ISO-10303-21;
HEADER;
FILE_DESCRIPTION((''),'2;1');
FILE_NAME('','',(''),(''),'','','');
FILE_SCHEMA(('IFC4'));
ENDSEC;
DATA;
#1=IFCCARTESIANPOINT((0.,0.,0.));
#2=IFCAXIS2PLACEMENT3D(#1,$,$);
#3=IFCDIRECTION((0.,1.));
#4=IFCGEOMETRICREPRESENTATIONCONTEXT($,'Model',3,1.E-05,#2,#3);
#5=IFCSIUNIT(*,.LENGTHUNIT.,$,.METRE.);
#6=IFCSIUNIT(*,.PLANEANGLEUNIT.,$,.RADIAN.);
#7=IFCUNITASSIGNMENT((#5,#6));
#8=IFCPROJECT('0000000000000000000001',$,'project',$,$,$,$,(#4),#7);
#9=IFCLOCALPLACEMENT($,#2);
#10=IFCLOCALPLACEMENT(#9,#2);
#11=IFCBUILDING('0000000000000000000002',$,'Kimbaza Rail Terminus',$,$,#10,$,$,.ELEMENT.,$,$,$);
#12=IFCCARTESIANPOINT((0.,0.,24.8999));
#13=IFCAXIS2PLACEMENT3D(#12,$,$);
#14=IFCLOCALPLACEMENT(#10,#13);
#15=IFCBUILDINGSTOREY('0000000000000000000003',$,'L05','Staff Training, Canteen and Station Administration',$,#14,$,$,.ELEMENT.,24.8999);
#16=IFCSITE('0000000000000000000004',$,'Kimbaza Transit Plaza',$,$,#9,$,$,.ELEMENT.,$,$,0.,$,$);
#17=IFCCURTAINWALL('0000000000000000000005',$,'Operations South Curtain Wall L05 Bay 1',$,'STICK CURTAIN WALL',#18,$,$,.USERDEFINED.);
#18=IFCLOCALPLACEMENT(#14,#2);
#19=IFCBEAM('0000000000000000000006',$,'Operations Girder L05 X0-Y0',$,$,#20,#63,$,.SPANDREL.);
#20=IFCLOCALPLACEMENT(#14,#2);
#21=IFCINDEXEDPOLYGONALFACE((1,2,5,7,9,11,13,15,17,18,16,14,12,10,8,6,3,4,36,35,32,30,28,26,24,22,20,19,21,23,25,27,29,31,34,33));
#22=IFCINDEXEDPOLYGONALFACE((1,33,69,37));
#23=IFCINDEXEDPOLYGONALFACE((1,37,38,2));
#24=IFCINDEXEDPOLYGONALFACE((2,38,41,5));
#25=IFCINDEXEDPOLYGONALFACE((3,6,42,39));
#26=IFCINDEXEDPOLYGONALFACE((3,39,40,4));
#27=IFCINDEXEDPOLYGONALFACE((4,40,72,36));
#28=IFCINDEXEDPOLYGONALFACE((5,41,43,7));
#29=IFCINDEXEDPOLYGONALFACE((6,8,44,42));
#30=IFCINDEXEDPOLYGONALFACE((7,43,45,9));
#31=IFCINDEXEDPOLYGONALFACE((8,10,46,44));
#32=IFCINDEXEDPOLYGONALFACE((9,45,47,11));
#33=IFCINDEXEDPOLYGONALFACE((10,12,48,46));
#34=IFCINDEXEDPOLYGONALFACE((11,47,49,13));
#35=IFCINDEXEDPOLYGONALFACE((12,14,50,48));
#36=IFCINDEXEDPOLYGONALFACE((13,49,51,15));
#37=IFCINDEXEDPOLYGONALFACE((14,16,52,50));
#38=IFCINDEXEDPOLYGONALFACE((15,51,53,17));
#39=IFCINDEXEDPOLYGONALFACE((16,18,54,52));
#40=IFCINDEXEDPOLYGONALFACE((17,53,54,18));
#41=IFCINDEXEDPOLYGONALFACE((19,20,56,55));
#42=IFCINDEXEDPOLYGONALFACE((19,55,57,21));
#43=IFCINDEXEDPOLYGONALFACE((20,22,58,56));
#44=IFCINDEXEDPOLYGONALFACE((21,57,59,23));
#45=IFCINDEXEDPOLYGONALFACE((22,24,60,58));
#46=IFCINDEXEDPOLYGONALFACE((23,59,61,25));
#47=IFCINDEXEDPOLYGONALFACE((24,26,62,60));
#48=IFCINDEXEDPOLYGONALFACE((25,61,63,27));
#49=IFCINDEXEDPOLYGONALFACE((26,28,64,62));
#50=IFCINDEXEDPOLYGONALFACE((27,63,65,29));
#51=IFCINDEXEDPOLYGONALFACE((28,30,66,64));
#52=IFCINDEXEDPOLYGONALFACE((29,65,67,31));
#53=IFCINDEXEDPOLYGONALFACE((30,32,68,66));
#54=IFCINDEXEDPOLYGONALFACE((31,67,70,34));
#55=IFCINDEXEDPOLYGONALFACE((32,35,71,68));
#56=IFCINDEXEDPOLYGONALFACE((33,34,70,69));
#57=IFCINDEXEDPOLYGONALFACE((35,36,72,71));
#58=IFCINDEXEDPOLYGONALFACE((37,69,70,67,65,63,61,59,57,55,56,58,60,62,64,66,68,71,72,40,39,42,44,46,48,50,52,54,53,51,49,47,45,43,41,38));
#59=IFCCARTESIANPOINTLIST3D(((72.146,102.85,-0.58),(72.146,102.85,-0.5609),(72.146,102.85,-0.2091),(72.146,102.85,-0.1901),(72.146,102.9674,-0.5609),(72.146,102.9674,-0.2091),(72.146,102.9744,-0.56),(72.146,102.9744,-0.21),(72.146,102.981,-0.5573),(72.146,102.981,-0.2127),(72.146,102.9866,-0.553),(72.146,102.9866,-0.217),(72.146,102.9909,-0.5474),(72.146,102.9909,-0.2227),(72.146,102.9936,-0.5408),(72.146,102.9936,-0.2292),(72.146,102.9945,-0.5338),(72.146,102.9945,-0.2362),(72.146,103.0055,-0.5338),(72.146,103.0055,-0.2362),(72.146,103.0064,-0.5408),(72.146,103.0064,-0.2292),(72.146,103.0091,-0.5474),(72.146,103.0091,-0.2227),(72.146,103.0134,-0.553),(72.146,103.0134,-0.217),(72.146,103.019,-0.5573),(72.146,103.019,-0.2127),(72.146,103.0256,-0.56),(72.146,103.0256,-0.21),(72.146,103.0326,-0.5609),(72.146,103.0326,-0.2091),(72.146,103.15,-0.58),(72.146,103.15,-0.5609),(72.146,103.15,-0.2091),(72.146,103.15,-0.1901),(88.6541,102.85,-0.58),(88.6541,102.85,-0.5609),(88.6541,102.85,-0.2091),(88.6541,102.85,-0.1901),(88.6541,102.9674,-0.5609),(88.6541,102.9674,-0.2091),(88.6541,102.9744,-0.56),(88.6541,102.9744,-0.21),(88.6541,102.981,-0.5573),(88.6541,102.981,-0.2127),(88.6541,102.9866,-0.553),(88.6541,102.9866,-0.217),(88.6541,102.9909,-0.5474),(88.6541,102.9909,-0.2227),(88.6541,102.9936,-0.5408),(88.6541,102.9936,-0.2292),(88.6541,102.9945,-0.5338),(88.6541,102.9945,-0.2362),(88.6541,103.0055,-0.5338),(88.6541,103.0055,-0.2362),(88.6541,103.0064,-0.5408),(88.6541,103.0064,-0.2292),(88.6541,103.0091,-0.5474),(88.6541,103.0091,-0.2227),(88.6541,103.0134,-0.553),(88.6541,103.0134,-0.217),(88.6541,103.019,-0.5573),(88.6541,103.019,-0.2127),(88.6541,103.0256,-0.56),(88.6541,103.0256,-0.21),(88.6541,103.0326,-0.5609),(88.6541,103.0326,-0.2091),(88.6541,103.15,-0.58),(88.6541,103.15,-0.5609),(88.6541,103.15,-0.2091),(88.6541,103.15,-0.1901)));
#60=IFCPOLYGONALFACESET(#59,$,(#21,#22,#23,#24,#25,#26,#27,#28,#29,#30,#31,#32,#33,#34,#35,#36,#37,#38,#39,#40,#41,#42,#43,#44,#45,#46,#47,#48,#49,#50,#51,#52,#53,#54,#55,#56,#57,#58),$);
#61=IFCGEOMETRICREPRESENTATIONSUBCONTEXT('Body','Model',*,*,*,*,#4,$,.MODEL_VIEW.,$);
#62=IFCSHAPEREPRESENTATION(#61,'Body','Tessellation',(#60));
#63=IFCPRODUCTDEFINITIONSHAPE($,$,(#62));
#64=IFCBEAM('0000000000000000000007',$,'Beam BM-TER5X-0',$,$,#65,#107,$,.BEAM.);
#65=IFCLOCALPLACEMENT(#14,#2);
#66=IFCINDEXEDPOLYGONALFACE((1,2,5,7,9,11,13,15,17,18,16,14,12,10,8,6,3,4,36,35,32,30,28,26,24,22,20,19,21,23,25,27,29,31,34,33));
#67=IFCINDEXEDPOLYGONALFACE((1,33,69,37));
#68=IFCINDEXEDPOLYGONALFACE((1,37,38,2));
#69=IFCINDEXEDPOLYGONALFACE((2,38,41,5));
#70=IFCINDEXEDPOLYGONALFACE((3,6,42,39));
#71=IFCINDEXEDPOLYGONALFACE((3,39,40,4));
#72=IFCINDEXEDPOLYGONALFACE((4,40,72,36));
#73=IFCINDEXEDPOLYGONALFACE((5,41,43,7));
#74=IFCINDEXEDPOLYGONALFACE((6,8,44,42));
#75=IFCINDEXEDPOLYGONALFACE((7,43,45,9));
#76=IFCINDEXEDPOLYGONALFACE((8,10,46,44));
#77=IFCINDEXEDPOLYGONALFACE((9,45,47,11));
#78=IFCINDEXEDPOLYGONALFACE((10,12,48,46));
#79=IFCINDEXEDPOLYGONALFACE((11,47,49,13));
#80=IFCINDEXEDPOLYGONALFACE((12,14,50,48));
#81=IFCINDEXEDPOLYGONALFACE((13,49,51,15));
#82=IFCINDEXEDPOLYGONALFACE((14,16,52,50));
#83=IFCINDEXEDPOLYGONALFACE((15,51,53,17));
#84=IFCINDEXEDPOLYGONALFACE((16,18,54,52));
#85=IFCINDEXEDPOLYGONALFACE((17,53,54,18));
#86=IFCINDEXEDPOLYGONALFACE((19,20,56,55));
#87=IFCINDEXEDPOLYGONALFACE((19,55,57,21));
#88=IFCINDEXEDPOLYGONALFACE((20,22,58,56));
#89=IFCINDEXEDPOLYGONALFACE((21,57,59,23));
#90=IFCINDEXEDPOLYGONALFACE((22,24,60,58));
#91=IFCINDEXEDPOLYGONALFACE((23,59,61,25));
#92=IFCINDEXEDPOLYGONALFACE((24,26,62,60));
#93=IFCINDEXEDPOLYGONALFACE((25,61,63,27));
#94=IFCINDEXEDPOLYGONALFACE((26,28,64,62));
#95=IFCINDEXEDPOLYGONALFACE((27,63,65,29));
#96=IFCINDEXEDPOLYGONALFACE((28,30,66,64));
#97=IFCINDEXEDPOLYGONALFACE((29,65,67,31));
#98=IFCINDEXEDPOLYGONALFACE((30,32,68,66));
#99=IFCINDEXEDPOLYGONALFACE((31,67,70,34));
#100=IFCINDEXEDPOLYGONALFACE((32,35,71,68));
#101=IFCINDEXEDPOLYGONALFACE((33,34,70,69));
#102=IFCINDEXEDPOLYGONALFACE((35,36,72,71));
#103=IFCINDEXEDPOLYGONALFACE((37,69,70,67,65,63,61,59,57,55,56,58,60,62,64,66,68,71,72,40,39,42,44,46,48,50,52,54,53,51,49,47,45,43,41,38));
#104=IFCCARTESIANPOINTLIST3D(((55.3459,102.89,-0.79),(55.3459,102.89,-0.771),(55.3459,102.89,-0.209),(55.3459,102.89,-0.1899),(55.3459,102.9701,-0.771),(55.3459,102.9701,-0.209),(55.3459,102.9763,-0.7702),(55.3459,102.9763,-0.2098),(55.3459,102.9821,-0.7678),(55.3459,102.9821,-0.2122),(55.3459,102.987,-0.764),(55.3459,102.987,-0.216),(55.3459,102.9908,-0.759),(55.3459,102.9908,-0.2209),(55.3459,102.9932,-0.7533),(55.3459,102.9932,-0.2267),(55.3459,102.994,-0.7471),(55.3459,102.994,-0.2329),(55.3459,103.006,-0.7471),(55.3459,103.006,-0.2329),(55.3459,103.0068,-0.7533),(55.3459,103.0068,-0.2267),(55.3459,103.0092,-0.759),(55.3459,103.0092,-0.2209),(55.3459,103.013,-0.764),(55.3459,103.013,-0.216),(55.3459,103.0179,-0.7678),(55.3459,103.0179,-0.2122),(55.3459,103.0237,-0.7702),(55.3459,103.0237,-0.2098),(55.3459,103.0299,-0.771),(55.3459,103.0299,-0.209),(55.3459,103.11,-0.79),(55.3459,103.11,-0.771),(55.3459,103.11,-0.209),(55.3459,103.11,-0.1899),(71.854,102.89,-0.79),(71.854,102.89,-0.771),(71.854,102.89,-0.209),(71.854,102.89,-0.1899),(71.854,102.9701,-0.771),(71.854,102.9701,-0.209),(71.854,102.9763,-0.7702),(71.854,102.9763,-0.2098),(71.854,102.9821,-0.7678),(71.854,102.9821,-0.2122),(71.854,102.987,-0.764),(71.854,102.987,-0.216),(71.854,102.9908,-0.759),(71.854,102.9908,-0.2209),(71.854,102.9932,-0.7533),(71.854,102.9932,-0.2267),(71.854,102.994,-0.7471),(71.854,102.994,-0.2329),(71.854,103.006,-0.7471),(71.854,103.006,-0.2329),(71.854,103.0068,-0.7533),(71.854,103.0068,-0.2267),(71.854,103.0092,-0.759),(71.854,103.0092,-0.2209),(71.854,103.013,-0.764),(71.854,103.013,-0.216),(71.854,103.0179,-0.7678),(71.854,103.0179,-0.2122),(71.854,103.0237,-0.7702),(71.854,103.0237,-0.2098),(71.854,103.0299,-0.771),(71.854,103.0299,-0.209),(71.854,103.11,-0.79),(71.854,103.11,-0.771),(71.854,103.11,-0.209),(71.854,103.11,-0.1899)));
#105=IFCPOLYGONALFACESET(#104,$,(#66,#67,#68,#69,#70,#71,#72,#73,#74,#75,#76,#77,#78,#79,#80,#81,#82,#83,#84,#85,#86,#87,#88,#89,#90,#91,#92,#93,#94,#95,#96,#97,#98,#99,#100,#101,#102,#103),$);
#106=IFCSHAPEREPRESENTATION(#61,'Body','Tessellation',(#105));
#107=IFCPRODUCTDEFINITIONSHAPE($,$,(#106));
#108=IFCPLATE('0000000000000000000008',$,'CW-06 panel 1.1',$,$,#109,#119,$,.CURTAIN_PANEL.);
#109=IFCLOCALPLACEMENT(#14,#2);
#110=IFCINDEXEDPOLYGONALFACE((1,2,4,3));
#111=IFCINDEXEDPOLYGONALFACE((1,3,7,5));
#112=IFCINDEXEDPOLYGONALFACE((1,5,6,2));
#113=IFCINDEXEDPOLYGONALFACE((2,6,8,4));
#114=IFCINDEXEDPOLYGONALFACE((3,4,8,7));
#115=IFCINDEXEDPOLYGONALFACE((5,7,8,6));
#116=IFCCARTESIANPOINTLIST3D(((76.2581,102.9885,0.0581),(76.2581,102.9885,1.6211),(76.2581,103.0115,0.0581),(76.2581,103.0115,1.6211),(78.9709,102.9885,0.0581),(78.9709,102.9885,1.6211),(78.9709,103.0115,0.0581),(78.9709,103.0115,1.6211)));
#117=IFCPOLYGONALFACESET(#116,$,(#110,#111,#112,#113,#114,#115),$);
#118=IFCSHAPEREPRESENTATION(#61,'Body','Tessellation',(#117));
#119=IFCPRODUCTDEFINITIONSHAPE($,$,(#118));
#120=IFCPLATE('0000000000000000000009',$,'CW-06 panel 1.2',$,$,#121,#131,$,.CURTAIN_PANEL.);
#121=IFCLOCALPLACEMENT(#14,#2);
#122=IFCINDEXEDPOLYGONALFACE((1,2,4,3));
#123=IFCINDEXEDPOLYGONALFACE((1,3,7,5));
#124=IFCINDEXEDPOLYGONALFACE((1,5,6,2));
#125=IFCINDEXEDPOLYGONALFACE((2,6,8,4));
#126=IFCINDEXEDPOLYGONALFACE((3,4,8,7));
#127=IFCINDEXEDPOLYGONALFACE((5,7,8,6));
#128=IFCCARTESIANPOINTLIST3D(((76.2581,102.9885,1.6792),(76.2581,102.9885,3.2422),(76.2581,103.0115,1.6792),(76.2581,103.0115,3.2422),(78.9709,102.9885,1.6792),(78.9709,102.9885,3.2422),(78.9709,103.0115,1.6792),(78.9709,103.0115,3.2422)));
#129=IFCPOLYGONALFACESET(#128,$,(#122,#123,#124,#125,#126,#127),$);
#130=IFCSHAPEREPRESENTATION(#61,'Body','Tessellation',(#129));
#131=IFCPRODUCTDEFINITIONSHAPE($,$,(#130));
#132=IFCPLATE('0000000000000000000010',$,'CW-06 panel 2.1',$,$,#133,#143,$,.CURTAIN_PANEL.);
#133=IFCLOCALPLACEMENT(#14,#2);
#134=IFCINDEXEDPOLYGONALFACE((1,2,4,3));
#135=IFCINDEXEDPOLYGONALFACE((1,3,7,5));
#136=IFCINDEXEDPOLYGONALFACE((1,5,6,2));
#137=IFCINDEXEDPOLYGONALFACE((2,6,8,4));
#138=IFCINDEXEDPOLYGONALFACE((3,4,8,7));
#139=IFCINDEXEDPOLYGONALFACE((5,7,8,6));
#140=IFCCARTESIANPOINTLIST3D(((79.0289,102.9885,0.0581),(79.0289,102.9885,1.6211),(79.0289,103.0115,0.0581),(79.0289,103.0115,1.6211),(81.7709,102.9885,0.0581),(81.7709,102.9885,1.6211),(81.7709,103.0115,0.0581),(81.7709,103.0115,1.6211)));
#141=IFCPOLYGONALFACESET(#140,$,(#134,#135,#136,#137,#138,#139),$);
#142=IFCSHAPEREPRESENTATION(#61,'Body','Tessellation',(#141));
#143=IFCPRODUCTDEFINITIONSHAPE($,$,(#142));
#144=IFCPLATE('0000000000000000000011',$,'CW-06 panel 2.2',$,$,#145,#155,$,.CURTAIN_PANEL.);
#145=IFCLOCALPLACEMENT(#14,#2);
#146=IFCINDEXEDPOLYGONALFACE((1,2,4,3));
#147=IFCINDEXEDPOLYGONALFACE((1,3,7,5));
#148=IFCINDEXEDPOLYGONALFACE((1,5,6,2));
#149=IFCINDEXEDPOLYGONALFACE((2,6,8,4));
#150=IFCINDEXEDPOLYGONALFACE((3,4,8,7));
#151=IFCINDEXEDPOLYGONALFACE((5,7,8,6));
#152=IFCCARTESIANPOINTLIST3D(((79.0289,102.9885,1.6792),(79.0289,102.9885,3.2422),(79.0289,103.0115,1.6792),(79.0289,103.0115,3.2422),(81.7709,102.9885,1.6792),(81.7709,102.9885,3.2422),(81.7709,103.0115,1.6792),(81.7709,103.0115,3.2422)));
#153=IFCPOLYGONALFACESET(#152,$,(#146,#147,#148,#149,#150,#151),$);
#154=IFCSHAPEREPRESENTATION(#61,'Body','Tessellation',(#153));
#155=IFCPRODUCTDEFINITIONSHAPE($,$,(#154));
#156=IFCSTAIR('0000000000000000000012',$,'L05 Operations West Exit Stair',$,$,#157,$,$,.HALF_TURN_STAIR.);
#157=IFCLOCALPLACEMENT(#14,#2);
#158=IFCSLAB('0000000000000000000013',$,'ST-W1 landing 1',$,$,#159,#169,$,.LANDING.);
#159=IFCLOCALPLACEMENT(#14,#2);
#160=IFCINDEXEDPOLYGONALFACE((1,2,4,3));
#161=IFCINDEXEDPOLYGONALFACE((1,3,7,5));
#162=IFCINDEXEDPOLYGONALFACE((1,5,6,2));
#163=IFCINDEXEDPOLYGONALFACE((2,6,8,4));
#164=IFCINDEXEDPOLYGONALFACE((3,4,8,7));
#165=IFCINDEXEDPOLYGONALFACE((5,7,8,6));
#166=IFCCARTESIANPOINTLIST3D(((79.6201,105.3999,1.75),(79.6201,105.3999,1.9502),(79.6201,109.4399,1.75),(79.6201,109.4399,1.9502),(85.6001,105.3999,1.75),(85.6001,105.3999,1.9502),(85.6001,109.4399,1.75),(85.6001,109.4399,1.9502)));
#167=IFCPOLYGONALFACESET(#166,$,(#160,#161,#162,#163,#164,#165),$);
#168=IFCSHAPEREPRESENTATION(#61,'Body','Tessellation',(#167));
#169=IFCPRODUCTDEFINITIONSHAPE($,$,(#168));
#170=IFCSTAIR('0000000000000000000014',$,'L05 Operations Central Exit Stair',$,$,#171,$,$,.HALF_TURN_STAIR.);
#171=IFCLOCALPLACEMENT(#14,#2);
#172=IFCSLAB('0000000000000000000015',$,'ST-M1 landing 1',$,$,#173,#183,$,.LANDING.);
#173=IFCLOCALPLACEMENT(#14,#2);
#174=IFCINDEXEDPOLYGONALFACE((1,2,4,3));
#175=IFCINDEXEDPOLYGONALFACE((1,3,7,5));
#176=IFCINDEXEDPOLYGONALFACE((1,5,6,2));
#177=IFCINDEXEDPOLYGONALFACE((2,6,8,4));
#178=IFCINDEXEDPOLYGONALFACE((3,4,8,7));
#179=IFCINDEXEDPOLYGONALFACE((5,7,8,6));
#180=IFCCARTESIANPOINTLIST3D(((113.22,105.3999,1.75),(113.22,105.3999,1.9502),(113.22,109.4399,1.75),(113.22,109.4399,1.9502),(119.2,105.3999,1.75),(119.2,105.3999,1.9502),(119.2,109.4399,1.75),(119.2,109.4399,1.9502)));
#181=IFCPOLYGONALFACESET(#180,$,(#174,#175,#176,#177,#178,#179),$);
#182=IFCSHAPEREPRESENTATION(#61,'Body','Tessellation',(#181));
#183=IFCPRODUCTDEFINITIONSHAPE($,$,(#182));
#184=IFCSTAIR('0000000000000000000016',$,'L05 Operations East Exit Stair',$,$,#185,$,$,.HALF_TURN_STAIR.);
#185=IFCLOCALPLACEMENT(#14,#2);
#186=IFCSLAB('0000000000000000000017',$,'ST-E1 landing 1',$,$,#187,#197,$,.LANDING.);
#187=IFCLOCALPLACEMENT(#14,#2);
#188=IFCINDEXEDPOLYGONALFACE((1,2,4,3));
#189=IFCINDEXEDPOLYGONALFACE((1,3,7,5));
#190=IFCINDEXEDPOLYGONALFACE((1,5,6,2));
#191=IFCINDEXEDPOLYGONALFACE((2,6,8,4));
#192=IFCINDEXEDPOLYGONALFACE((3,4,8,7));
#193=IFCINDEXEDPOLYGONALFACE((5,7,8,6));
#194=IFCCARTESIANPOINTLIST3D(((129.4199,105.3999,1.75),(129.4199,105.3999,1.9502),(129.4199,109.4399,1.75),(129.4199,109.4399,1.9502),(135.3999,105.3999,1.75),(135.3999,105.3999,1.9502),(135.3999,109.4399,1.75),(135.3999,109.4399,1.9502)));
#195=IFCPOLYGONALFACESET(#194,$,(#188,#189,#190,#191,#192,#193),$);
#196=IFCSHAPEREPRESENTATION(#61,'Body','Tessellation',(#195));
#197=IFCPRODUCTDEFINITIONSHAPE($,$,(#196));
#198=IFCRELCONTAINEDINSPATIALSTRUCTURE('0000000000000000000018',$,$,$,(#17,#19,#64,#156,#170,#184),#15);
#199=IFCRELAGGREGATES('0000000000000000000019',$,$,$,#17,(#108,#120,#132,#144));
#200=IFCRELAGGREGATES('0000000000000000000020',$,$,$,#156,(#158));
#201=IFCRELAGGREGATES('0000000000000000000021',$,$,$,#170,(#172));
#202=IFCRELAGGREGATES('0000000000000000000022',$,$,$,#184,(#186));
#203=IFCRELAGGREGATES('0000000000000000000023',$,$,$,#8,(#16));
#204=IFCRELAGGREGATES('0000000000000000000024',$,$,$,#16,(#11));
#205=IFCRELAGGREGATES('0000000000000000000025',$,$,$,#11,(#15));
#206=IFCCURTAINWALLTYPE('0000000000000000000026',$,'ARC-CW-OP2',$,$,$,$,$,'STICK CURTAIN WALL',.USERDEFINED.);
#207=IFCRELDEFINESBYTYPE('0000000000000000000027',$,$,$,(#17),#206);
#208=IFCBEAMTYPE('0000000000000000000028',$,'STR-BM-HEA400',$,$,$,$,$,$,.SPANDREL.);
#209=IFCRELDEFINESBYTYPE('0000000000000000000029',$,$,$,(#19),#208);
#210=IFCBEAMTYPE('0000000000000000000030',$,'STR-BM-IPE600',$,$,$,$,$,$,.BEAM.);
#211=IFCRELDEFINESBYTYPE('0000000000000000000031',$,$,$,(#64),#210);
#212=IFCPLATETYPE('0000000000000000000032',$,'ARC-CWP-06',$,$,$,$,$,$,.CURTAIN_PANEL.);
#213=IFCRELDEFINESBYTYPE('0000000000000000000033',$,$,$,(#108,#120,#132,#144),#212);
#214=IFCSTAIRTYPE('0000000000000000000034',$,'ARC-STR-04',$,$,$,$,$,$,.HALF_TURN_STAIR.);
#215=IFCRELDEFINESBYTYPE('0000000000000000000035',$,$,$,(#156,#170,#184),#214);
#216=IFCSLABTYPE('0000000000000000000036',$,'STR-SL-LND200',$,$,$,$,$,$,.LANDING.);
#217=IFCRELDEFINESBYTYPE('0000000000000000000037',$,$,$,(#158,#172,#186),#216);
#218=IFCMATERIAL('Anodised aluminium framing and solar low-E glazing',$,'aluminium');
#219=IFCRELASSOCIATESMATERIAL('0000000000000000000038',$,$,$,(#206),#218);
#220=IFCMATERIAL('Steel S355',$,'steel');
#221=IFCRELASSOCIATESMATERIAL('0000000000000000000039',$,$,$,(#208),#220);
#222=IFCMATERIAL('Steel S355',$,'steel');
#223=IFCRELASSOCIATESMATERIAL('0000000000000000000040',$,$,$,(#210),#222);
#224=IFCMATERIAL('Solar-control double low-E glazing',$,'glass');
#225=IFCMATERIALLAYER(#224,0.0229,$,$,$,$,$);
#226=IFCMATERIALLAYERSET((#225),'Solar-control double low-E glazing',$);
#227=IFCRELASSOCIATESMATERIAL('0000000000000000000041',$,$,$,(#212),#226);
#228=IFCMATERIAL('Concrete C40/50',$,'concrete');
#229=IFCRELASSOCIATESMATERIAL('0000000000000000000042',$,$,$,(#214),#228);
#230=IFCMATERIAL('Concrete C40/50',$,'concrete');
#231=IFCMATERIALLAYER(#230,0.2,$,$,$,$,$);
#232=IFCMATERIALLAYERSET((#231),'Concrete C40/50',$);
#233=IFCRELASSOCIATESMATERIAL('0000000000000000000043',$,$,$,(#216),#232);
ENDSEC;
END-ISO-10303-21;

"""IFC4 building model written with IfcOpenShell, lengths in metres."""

from ifc_helpers import new_model, si_unit, direction, frame, origin, origin_2d, place, context, subcontext, project, spatial, polyline, rectangle, i_section, outline, extrude, material, layer, layer_set, material_profile, profile_set, type_object, element, aggregate, save


model = new_model("IFC4")

# Units and contexts
model_context = context("Model", 3, precision=1e-05, world=origin(), true_north=direction((0.0, 1.0)))
body_context = subcontext(model_context, "Body", "Model", "MODEL_VIEW")
ifc_project = project(units=[si_unit("LENGTHUNIT", "METRE"), si_unit("PLANEANGLEUNIT", "RADIAN")], contexts=[model_context])

# Site, building, storey
site_placement = place(None, origin())
site = spatial("IfcSite", under=ifc_project, at=site_placement, Name="Kimbaza Transit Plaza", CompositionType="ELEMENT", RefElevation=0.0)
building_placement = place(site_placement, origin())
building = spatial("IfcBuilding", under=site, at=building_placement, Name="Kimbaza Rail Terminus", CompositionType="ELEMENT")
storey_placement = place(building_placement, frame((0.0, 0.0, 24.8999)))
storey = spatial("IfcBuildingStorey", under=building, at=storey_placement, Name="L05", Description="Staff Training, Canteen and Station Administration", CompositionType="ELEMENT", Elevation=24.8999)

# Curtain wall
ifc_material_1 = material(Name="Anodised aluminium framing and solar low-E glazing", Category="aluminium")
curtain_wall_type = type_object("IfcCurtainWallType", Name="ARC-CW-OP2", ElementType="STICK CURTAIN WALL", PredefinedType="USERDEFINED", material=ifc_material_1)
curtain_wall_placement = place(storey_placement, origin())
curtain_wall = element("IfcCurtainWall", 1, at=curtain_wall_placement, inside=storey, type_object=curtain_wall_type, Name="Operations South Curtain Wall L05 Bay 1", ObjectType="STICK CURTAIN WALL", PredefinedType="USERDEFINED")

# Beams
ifc_material_2 = material(Name="Steel S355", Category="steel")
ifc_material_profile_1 = material_profile(ifc_material_2, i_section(OverallWidth=0.3, OverallDepth=0.3899, WebThickness=0.011, FlangeThickness=0.019, FilletRadius=0.0271, at=origin_2d()), Name="HEA 400")
ifc_profile_set_1 = profile_set([ifc_material_profile_1], Name="Steel S355")
beam_type_1 = type_object("IfcBeamType", Name="STR-BM-HEA400", PredefinedType="SPANDREL", material=ifc_profile_set_1)
beam_1_placement = place(storey_placement, frame((72.146, 103.0, -0.385), z_axis=(1.0, 0.0, 0.0), x_axis=(0.0, 1.0, 0.0)))
element("IfcBeam", 2, at=beam_1_placement, inside=storey, type_object=beam_type_1, Name="Operations Girder L05 X0-Y0", PredefinedType="SPANDREL", context=body_context, shape_type="SweptSolid", body=[
    extrude(i_section(OverallWidth=0.3, OverallDepth=0.3899, WebThickness=0.011, FlangeThickness=0.019, FilletRadius=0.0271, at=origin_2d()), origin(), (0.0, 0.0, 1.0), 16.5081),
])
ifc_material_3 = material(Name="Steel S355", Category="steel")
ifc_material_profile_2 = material_profile(ifc_material_3, i_section(OverallWidth=0.22, OverallDepth=0.6001, WebThickness=0.012, FlangeThickness=0.019, FilletRadius=0.0239, at=origin_2d()), Name="IPE 600")
ifc_profile_set_2 = profile_set([ifc_material_profile_2], Name="Steel S355")
beam_type_2 = type_object("IfcBeamType", Name="STR-BM-IPE600", PredefinedType="BEAM", material=ifc_profile_set_2)
beam_2_placement = place(storey_placement, frame((55.3459, 103.0, -0.49), z_axis=(1.0, 0.0, 0.0), x_axis=(0.0, 1.0, 0.0)))
element("IfcBeam", 3, at=beam_2_placement, inside=storey, type_object=beam_type_2, Name="Beam BM-TER5X-0", PredefinedType="BEAM", context=body_context, shape_type="SweptSolid", body=[
    extrude(i_section(OverallWidth=0.22, OverallDepth=0.6001, WebThickness=0.012, FlangeThickness=0.019, FilletRadius=0.0239, at=origin_2d()), origin(), (0.0, 0.0, 1.0), 16.5081),
])

# Plates
ifc_material_4 = material(Name="Solar-control double low-E glazing", Category="glass")
ifc_layer_1 = layer(ifc_material_4, 0.0229)
ifc_layer_set_1 = layer_set([ifc_layer_1], Name="Solar-control double low-E glazing")
plate_type = type_object("IfcPlateType", Name="ARC-CWP-06", PredefinedType="CURTAIN_PANEL", material=ifc_layer_set_1)
plate_1_placement = place(storey_placement, frame((77.6145, 103.0, 0.0581), z_axis=(0.0, 0.0, 1.0), x_axis=(1.0, 0.0, 0.0)))
plate_1 = element("IfcPlate", 4, at=plate_1_placement, type_object=plate_type, Name="CW-06 panel 1.1", PredefinedType="CURTAIN_PANEL", context=body_context, shape_type="SweptSolid", body=[
    extrude(rectangle(XDim=2.7129, YDim=0.0229, at=origin_2d()), origin(), (0.0, 0.0, 1.0), 1.563),
])
plate_2_placement = place(storey_placement, frame((77.6145, 103.0, 1.6792), z_axis=(0.0, 0.0, 1.0), x_axis=(1.0, 0.0, 0.0)))
plate_2 = element("IfcPlate", 5, at=plate_2_placement, type_object=plate_type, Name="CW-06 panel 1.2", PredefinedType="CURTAIN_PANEL", context=body_context, shape_type="SweptSolid", body=[
    extrude(rectangle(XDim=2.7129, YDim=0.0229, at=origin_2d()), origin(), (0.0, 0.0, 1.0), 1.563),
])
plate_3_placement = place(storey_placement, frame((80.3999, 103.0, 0.0581), z_axis=(0.0, 0.0, 1.0), x_axis=(1.0, 0.0, 0.0)))
plate_3 = element("IfcPlate", 6, at=plate_3_placement, type_object=plate_type, Name="CW-06 panel 2.1", PredefinedType="CURTAIN_PANEL", context=body_context, shape_type="SweptSolid", body=[
    extrude(rectangle(XDim=2.7419, YDim=0.0229, at=origin_2d()), origin(), (0.0, 0.0, 1.0), 1.563),
])
plate_4_placement = place(storey_placement, frame((80.3999, 103.0, 1.6792), z_axis=(0.0, 0.0, 1.0), x_axis=(1.0, 0.0, 0.0)))
plate_4 = element("IfcPlate", 7, at=plate_4_placement, type_object=plate_type, Name="CW-06 panel 2.2", PredefinedType="CURTAIN_PANEL", context=body_context, shape_type="SweptSolid", body=[
    extrude(rectangle(XDim=2.7419, YDim=0.0229, at=origin_2d()), origin(), (0.0, 0.0, 1.0), 1.563),
])
aggregate(curtain_wall, [plate_1, plate_2, plate_3, plate_4])

# Stairs, slabs
ifc_material_5 = material(Name="Concrete C40/50", Category="concrete")
stair_type = type_object("IfcStairType", Name="ARC-STR-04", PredefinedType="HALF_TURN_STAIR", material=ifc_material_5)
stair_1_placement = place(storey_placement, origin())
stair_1 = element("IfcStair", 8, at=stair_1_placement, inside=storey, type_object=stair_type, Name="L05 Operations West Exit Stair", PredefinedType="HALF_TURN_STAIR")
ifc_material_6 = material(Name="Concrete C40/50", Category="concrete")
ifc_layer_2 = layer(ifc_material_6, 0.2)
ifc_layer_set_2 = layer_set([ifc_layer_2], Name="Concrete C40/50")
slab_type_1 = type_object("IfcSlabType", Name="STR-SL-LND200", PredefinedType="LANDING", material=ifc_layer_set_2)
slab_1_placement = place(storey_placement, frame((0.0, 0.0, 1.75)))
slab_1 = element("IfcSlab", 9, at=slab_1_placement, type_object=slab_type_1, Name="ST-W1 landing 1", PredefinedType="LANDING", context=body_context, shape_type="SweptSolid", body=[
    extrude(outline(polyline([(79.6201, 105.3999), (85.6001, 105.3999), (85.6001, 109.4399), (79.6201, 109.4399), (79.6201, 105.3999)])), origin(), (0.0, 0.0, 1.0), 0.2002),
])
aggregate(stair_1, [slab_1])
stair_2_placement = place(storey_placement, origin())
stair_2 = element("IfcStair", 10, at=stair_2_placement, inside=storey, type_object=stair_type, Name="L05 Operations Central Exit Stair", PredefinedType="HALF_TURN_STAIR")
slab_2_placement = place(storey_placement, frame((0.0, 0.0, 1.75)))
slab_2 = element("IfcSlab", 11, at=slab_2_placement, type_object=slab_type_1, Name="ST-M1 landing 1", PredefinedType="LANDING", context=body_context, shape_type="SweptSolid", body=[
    extrude(outline(polyline([(113.22, 105.3999), (119.2, 105.3999), (119.2, 109.4399), (113.22, 109.4399), (113.22, 105.3999)])), origin(), (0.0, 0.0, 1.0), 0.2002),
])
aggregate(stair_2, [slab_2])
stair_3_placement = place(storey_placement, origin())
stair_3 = element("IfcStair", 12, at=stair_3_placement, inside=storey, type_object=stair_type, Name="L05 Operations East Exit Stair", PredefinedType="HALF_TURN_STAIR")
slab_3_placement = place(storey_placement, frame((0.0, 0.0, 1.75)))
slab_3 = element("IfcSlab", 13, at=slab_3_placement, type_object=slab_type_1, Name="ST-E1 landing 1", PredefinedType="LANDING", context=body_context, shape_type="SweptSolid", body=[
    extrude(outline(polyline([(129.4199, 105.3999), (135.3999, 105.3999), (135.3999, 109.4399), (129.4199, 109.4399), (129.4199, 105.3999)])), origin(), (0.0, 0.0, 1.0), 0.2002),
])
aggregate(stair_3, [slab_3])

save(model, "model.ifc")
